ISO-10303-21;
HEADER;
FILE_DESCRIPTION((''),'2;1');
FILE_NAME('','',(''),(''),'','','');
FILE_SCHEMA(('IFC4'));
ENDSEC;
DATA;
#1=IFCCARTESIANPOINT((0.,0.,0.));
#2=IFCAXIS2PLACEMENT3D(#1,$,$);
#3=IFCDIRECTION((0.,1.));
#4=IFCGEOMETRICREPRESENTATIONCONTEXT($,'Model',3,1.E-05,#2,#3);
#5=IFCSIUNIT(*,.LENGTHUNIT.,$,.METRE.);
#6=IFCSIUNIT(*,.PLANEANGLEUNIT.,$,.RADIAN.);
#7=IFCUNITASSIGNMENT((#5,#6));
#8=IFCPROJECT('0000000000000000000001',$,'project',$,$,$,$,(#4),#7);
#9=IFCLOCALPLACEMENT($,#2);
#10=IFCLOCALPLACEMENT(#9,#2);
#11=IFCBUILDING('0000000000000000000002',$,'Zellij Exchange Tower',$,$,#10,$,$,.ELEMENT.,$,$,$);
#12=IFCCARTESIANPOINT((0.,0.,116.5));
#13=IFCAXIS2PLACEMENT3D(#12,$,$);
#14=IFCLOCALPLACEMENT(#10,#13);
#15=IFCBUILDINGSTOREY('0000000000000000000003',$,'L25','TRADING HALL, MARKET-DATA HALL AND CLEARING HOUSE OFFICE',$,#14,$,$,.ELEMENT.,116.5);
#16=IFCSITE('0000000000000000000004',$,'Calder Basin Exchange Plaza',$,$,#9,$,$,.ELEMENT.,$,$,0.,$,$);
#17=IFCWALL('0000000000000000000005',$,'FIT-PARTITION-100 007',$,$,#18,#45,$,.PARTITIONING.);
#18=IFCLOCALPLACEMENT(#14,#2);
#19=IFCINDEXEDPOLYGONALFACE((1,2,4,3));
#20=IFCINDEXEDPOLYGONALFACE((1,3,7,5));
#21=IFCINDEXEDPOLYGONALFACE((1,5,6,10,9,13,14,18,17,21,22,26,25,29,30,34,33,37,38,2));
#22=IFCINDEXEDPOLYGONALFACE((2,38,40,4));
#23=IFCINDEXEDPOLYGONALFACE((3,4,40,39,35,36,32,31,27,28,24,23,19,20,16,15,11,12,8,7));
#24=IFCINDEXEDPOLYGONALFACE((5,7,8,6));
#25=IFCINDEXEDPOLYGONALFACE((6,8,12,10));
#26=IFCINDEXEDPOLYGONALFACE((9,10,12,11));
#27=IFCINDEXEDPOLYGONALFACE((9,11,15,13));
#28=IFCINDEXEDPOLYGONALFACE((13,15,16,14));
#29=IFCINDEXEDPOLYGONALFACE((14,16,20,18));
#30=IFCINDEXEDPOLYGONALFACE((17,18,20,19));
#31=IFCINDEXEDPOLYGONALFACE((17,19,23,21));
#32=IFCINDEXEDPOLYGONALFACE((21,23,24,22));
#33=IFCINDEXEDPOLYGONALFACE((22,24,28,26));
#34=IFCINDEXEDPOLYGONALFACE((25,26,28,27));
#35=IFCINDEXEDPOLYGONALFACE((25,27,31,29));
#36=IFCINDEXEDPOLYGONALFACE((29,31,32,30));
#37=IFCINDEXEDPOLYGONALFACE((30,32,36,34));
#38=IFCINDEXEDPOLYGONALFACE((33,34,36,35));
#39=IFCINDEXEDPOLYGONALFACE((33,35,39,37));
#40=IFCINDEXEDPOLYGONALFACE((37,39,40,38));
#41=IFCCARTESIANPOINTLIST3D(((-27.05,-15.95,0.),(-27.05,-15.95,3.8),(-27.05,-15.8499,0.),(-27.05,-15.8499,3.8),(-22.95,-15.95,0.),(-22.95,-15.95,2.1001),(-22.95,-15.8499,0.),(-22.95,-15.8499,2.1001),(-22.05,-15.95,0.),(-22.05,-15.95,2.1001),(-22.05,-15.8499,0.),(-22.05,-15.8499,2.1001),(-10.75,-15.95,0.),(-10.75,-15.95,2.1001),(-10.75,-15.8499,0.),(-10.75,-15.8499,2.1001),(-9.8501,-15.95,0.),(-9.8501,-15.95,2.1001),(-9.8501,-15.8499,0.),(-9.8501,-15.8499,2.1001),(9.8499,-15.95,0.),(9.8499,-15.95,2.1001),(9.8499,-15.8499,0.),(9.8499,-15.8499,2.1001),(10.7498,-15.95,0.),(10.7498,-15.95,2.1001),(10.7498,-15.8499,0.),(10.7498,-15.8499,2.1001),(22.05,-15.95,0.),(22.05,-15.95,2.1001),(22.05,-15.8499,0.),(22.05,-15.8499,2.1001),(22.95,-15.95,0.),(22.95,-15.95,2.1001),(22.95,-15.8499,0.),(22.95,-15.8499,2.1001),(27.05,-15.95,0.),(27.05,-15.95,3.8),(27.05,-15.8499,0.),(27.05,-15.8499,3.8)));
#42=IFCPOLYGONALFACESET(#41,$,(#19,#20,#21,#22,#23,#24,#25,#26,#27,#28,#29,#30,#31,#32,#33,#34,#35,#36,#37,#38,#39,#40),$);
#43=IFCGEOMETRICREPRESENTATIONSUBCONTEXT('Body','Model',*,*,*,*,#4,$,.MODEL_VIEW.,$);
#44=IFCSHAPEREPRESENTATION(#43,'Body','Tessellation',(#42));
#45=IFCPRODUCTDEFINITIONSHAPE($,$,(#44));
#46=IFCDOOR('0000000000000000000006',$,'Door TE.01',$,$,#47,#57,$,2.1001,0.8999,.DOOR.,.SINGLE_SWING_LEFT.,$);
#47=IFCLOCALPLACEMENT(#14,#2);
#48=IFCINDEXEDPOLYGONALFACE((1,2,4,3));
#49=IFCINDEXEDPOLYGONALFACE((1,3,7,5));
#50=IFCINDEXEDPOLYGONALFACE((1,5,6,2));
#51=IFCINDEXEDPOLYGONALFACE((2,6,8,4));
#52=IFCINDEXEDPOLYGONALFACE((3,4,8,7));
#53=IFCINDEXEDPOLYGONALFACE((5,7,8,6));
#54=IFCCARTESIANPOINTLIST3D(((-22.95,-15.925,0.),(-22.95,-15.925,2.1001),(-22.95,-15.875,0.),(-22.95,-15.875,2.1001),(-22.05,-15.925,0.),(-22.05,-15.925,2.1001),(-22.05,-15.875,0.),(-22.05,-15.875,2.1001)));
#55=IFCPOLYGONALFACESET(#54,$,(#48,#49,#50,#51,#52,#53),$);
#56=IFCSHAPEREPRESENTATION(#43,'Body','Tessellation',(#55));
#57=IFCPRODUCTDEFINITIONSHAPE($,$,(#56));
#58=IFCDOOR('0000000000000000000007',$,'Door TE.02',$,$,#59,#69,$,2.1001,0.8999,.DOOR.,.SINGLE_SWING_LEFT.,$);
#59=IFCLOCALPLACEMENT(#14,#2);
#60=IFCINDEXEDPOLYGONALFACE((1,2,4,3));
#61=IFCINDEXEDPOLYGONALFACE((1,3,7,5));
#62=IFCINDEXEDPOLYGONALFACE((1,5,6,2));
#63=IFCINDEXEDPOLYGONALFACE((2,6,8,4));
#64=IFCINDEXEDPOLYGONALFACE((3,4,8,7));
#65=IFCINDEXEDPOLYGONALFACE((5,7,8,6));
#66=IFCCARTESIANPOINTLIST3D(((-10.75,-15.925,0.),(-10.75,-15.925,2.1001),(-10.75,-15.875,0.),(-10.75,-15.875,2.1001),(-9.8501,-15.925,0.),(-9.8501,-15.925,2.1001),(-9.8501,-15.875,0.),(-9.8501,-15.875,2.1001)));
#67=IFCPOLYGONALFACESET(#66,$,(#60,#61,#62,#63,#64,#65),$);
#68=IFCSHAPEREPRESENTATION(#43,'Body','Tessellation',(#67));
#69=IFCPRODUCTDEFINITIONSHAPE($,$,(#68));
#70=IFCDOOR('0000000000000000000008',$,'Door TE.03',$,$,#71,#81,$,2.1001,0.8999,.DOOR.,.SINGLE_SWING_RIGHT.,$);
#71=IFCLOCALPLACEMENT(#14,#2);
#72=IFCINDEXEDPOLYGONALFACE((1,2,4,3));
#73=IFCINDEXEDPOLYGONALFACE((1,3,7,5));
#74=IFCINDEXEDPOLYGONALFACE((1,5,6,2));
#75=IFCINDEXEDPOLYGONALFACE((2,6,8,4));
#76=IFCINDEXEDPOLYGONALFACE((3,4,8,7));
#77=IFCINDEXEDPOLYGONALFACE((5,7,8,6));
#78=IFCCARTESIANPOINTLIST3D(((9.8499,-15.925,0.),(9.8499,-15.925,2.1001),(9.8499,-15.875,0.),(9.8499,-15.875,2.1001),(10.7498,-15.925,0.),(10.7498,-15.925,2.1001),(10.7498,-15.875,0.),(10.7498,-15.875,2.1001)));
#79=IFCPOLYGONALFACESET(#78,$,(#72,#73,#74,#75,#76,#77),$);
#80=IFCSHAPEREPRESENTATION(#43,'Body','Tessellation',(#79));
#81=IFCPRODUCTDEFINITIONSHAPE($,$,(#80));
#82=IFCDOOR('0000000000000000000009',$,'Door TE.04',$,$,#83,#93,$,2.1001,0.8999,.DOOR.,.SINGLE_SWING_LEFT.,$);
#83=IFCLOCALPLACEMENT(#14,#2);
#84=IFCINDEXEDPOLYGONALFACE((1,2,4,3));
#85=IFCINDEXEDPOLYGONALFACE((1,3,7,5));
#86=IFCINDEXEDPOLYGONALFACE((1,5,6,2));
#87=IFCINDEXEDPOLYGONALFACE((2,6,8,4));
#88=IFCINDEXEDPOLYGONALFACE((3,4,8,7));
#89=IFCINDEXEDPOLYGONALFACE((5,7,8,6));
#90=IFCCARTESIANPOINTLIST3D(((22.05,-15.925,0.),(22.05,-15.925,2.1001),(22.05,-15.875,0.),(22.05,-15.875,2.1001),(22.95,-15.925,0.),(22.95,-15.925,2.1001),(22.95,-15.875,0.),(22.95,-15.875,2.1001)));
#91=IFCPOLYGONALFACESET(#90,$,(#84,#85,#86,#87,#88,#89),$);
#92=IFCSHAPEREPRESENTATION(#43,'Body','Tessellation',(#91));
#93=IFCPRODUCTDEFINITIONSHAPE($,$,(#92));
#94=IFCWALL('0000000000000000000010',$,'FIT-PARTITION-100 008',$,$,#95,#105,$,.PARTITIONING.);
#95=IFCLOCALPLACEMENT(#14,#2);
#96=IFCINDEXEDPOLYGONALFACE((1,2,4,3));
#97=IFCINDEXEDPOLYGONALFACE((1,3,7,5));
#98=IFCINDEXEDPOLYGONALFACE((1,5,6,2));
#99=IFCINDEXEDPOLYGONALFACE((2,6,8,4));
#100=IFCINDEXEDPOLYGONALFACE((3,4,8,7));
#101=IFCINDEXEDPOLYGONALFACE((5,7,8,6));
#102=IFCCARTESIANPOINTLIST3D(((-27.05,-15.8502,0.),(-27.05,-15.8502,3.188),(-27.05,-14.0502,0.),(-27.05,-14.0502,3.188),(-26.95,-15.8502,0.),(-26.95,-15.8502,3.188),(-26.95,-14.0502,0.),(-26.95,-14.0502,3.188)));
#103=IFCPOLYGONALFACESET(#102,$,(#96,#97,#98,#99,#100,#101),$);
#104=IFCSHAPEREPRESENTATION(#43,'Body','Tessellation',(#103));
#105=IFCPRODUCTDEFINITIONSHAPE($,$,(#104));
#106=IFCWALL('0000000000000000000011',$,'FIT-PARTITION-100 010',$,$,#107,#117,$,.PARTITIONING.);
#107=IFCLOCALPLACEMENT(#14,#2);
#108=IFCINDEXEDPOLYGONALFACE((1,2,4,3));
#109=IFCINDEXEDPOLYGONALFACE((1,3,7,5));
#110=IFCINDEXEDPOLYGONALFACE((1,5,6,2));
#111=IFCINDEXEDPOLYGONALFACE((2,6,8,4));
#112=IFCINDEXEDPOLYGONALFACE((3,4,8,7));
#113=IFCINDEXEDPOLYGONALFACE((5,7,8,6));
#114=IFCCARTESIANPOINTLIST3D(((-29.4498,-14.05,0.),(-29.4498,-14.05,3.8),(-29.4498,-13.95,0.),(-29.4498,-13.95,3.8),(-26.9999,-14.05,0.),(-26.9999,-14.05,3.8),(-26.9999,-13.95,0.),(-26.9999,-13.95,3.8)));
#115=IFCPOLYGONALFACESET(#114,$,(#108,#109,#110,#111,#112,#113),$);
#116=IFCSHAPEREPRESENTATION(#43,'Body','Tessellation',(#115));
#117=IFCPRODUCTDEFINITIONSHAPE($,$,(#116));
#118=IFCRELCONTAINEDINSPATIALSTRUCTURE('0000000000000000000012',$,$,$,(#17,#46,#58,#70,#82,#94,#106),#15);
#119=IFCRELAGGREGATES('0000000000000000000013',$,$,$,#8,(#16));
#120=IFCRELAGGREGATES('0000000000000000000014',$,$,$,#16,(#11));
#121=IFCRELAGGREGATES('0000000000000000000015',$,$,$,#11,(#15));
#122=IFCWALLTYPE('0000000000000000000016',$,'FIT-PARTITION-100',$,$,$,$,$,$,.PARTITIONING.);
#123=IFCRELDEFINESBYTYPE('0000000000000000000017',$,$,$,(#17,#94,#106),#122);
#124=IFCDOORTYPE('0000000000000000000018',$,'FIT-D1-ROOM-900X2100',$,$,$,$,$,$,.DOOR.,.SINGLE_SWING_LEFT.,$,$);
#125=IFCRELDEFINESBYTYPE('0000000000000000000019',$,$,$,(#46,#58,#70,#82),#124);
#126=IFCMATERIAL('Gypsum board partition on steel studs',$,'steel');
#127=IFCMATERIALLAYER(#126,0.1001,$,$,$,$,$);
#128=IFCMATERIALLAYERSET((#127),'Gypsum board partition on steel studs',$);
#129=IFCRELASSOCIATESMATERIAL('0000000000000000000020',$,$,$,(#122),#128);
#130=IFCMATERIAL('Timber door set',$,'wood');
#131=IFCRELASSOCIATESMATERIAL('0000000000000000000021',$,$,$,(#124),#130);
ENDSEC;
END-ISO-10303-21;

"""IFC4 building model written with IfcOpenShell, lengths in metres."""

from ifc_helpers import new_model, si_unit, direction, frame, frame_2d, origin, place, context, subcontext, project, spatial, rectangle, extrude, material, layer, layer_set, type_object, element, fill, save


model = new_model("IFC4")

# Units and contexts
model_context = context("Model", 3, precision=1e-05, world=origin(), true_north=direction((0.0, 1.0)))
body_context = subcontext(model_context, "Body", "Model", "MODEL_VIEW")
ifc_project = project(units=[si_unit("LENGTHUNIT", "METRE"), si_unit("PLANEANGLEUNIT", "RADIAN")], contexts=[model_context])

# Site, building, storey
site_placement = place(None, origin())
site = spatial("IfcSite", under=ifc_project, at=site_placement, Name="Calder Basin Exchange Plaza", CompositionType="ELEMENT", RefElevation=0.0)
building_placement = place(site_placement, origin())
building = spatial("IfcBuilding", under=site, at=building_placement, Name="Zellij Exchange Tower", CompositionType="ELEMENT")
storey_placement = place(building_placement, frame((0.0, 0.0, 116.5)))
storey = spatial("IfcBuildingStorey", under=building, at=storey_placement, Name="L25", Description="TRADING HALL, MARKET-DATA HALL AND CLEARING HOUSE OFFICE", CompositionType="ELEMENT", Elevation=116.5)

# Wall, openings, doors
ifc_material_1 = material(Name="Gypsum board partition on steel studs", Category="steel")
ifc_layer_1 = layer(ifc_material_1, 0.1001)
ifc_layer_set_1 = layer_set([ifc_layer_1], Name="Gypsum board partition on steel studs")
wall_type_1 = type_object("IfcWallType", Name="FIT-PARTITION-100", PredefinedType="PARTITIONING", material=ifc_layer_set_1)
wall_1_placement = place(storey_placement, frame((-27.05, -15.8999, 0.0), z_axis=(0.0, 0.0, 1.0), x_axis=(1.0, 0.0, 0.0)))
wall_1 = element("IfcWall", 1, at=wall_1_placement, inside=storey, type_object=wall_type_1, Name="FIT-PARTITION-100 007", PredefinedType="PARTITIONING", context=body_context, shape_type="SweptSolid", body=[
    extrude(rectangle(XDim=54.1001, YDim=0.1001, at=frame_2d((27.05, 0.0))), origin(), (0.0, 0.0, 1.0), 3.8),
])
opening_1_placement = place(wall_1_placement, frame((4.1001, 0.0, 0.0)))
opening_1 = element("IfcOpeningElement", 2, at=opening_1_placement, cuts=wall_1, PredefinedType="OPENING", context=body_context, shape_type="SweptSolid", body=[
    extrude(rectangle(XDim=0.8999, YDim=2.1001, at=frame_2d((0.45, 1.05))), frame((0.0, 0.062, 0.0), z_axis=(0.0, -1.0, 0.0), x_axis=(1.0, 0.0, 0.0)), (0.0, 0.0, 1.0), 0.124),
])
opening_2_placement = place(wall_1_placement, frame((16.3, 0.0, 0.0)))
opening_2 = element("IfcOpeningElement", 3, at=opening_2_placement, cuts=wall_1, PredefinedType="OPENING", context=body_context, shape_type="SweptSolid", body=[
    extrude(rectangle(XDim=0.8999, YDim=2.1001, at=frame_2d((0.45, 1.05))), frame((0.0, 0.062, 0.0), z_axis=(0.0, -1.0, 0.0), x_axis=(1.0, 0.0, 0.0)), (0.0, 0.0, 1.0), 0.124),
])
opening_3_placement = place(wall_1_placement, frame((36.8999, 0.0, 0.0)))
opening_3 = element("IfcOpeningElement", 4, at=opening_3_placement, cuts=wall_1, PredefinedType="OPENING", context=body_context, shape_type="SweptSolid", body=[
    extrude(rectangle(XDim=0.8999, YDim=2.1001, at=frame_2d((0.45, 1.05))), frame((0.0, 0.062, 0.0), z_axis=(0.0, -1.0, 0.0), x_axis=(1.0, 0.0, 0.0)), (0.0, 0.0, 1.0), 0.124),
])
opening_4_placement = place(wall_1_placement, frame((49.1001, 0.0, 0.0)))
opening_4 = element("IfcOpeningElement", 5, at=opening_4_placement, cuts=wall_1, PredefinedType="OPENING", context=body_context, shape_type="SweptSolid", body=[
    extrude(rectangle(XDim=0.8999, YDim=2.1001, at=frame_2d((0.45, 1.05))), frame((0.0, 0.062, 0.0), z_axis=(0.0, -1.0, 0.0), x_axis=(1.0, 0.0, 0.0)), (0.0, 0.0, 1.0), 0.124),
])
ifc_material_2 = material(Name="Timber door set", Category="wood")
door_type = type_object("IfcDoorType", Name="FIT-D1-ROOM-900X2100", OperationType="SINGLE_SWING_LEFT", PredefinedType="DOOR", material=ifc_material_2)
door_1_placement = place(opening_1_placement, origin())
door_1 = element("IfcDoor", 6, at=door_1_placement, inside=storey, type_object=door_type, Name="Door TE.01", OperationType="SINGLE_SWING_LEFT", OverallHeight=2.1001, OverallWidth=0.8999, PredefinedType="DOOR", context=body_context, shape_type="SweptSolid", body=[
    extrude(rectangle(XDim=0.8999, YDim=2.1001, at=frame_2d((0.45, 1.05))), frame((0.0, 0.0249, 0.0), z_axis=(0.0, -1.0, 0.0), x_axis=(1.0, 0.0, 0.0)), (0.0, 0.0, 1.0), 0.05),
])
fill(opening_1, door_1)
door_2_placement = place(opening_2_placement, origin())
door_2 = element("IfcDoor", 7, at=door_2_placement, inside=storey, type_object=door_type, Name="Door TE.02", OperationType="SINGLE_SWING_LEFT", OverallHeight=2.1001, OverallWidth=0.8999, PredefinedType="DOOR", context=body_context, shape_type="SweptSolid", body=[
    extrude(rectangle(XDim=0.8999, YDim=2.1001, at=frame_2d((0.45, 1.05))), frame((0.0, 0.0249, 0.0), z_axis=(0.0, -1.0, 0.0), x_axis=(1.0, 0.0, 0.0)), (0.0, 0.0, 1.0), 0.05),
])
fill(opening_2, door_2)
door_3_placement = place(opening_3_placement, origin())
door_3 = element("IfcDoor", 8, at=door_3_placement, inside=storey, type_object=door_type, Name="Door TE.03", OperationType="SINGLE_SWING_RIGHT", OverallHeight=2.1001, OverallWidth=0.8999, PredefinedType="DOOR", context=body_context, shape_type="SweptSolid", body=[
    extrude(rectangle(XDim=0.8999, YDim=2.1001, at=frame_2d((0.45, 1.05))), frame((0.0, 0.0249, 0.0), z_axis=(0.0, -1.0, 0.0), x_axis=(1.0, 0.0, 0.0)), (0.0, 0.0, 1.0), 0.05),
])
fill(opening_3, door_3)
door_4_placement = place(opening_4_placement, origin())
door_4 = element("IfcDoor", 9, at=door_4_placement, inside=storey, type_object=door_type, Name="Door TE.04", OperationType="SINGLE_SWING_LEFT", OverallHeight=2.1001, OverallWidth=0.8999, PredefinedType="DOOR", context=body_context, shape_type="SweptSolid", body=[
    extrude(rectangle(XDim=0.8999, YDim=2.1001, at=frame_2d((0.45, 1.05))), frame((0.0, 0.0249, 0.0), z_axis=(0.0, -1.0, 0.0), x_axis=(1.0, 0.0, 0.0)), (0.0, 0.0, 1.0), 0.05),
])
fill(opening_4, door_4)

# Walls
wall_2_placement = place(storey_placement, frame((-27.0, -15.8501, 0.0), z_axis=(0.0, 0.0, 1.0), x_axis=(0.0, 1.0, 0.0)))
element("IfcWall", 10, at=wall_2_placement, inside=storey, type_object=wall_type_1, Name="FIT-PARTITION-100 008", PredefinedType="PARTITIONING", context=body_context, shape_type="SweptSolid", body=[
    extrude(rectangle(XDim=1.8, YDim=0.1001, at=frame_2d((0.8999, 0.0))), origin(), (0.0, 0.0, 1.0), 3.188),
])
wall_3_placement = place(storey_placement, frame((-29.45, -14.0, 0.0), z_axis=(0.0, 0.0, 1.0), x_axis=(1.0, 0.0, 0.0)))
element("IfcWall", 11, at=wall_3_placement, inside=storey, type_object=wall_type_1, Name="FIT-PARTITION-100 010", PredefinedType="PARTITIONING", context=body_context, shape_type="SweptSolid", body=[
    extrude(rectangle(XDim=2.45, YDim=0.1001, at=frame_2d((1.2251, 0.0))), origin(), (0.0, 0.0, 1.0), 3.8),
])

save(model, "model.ifc")
